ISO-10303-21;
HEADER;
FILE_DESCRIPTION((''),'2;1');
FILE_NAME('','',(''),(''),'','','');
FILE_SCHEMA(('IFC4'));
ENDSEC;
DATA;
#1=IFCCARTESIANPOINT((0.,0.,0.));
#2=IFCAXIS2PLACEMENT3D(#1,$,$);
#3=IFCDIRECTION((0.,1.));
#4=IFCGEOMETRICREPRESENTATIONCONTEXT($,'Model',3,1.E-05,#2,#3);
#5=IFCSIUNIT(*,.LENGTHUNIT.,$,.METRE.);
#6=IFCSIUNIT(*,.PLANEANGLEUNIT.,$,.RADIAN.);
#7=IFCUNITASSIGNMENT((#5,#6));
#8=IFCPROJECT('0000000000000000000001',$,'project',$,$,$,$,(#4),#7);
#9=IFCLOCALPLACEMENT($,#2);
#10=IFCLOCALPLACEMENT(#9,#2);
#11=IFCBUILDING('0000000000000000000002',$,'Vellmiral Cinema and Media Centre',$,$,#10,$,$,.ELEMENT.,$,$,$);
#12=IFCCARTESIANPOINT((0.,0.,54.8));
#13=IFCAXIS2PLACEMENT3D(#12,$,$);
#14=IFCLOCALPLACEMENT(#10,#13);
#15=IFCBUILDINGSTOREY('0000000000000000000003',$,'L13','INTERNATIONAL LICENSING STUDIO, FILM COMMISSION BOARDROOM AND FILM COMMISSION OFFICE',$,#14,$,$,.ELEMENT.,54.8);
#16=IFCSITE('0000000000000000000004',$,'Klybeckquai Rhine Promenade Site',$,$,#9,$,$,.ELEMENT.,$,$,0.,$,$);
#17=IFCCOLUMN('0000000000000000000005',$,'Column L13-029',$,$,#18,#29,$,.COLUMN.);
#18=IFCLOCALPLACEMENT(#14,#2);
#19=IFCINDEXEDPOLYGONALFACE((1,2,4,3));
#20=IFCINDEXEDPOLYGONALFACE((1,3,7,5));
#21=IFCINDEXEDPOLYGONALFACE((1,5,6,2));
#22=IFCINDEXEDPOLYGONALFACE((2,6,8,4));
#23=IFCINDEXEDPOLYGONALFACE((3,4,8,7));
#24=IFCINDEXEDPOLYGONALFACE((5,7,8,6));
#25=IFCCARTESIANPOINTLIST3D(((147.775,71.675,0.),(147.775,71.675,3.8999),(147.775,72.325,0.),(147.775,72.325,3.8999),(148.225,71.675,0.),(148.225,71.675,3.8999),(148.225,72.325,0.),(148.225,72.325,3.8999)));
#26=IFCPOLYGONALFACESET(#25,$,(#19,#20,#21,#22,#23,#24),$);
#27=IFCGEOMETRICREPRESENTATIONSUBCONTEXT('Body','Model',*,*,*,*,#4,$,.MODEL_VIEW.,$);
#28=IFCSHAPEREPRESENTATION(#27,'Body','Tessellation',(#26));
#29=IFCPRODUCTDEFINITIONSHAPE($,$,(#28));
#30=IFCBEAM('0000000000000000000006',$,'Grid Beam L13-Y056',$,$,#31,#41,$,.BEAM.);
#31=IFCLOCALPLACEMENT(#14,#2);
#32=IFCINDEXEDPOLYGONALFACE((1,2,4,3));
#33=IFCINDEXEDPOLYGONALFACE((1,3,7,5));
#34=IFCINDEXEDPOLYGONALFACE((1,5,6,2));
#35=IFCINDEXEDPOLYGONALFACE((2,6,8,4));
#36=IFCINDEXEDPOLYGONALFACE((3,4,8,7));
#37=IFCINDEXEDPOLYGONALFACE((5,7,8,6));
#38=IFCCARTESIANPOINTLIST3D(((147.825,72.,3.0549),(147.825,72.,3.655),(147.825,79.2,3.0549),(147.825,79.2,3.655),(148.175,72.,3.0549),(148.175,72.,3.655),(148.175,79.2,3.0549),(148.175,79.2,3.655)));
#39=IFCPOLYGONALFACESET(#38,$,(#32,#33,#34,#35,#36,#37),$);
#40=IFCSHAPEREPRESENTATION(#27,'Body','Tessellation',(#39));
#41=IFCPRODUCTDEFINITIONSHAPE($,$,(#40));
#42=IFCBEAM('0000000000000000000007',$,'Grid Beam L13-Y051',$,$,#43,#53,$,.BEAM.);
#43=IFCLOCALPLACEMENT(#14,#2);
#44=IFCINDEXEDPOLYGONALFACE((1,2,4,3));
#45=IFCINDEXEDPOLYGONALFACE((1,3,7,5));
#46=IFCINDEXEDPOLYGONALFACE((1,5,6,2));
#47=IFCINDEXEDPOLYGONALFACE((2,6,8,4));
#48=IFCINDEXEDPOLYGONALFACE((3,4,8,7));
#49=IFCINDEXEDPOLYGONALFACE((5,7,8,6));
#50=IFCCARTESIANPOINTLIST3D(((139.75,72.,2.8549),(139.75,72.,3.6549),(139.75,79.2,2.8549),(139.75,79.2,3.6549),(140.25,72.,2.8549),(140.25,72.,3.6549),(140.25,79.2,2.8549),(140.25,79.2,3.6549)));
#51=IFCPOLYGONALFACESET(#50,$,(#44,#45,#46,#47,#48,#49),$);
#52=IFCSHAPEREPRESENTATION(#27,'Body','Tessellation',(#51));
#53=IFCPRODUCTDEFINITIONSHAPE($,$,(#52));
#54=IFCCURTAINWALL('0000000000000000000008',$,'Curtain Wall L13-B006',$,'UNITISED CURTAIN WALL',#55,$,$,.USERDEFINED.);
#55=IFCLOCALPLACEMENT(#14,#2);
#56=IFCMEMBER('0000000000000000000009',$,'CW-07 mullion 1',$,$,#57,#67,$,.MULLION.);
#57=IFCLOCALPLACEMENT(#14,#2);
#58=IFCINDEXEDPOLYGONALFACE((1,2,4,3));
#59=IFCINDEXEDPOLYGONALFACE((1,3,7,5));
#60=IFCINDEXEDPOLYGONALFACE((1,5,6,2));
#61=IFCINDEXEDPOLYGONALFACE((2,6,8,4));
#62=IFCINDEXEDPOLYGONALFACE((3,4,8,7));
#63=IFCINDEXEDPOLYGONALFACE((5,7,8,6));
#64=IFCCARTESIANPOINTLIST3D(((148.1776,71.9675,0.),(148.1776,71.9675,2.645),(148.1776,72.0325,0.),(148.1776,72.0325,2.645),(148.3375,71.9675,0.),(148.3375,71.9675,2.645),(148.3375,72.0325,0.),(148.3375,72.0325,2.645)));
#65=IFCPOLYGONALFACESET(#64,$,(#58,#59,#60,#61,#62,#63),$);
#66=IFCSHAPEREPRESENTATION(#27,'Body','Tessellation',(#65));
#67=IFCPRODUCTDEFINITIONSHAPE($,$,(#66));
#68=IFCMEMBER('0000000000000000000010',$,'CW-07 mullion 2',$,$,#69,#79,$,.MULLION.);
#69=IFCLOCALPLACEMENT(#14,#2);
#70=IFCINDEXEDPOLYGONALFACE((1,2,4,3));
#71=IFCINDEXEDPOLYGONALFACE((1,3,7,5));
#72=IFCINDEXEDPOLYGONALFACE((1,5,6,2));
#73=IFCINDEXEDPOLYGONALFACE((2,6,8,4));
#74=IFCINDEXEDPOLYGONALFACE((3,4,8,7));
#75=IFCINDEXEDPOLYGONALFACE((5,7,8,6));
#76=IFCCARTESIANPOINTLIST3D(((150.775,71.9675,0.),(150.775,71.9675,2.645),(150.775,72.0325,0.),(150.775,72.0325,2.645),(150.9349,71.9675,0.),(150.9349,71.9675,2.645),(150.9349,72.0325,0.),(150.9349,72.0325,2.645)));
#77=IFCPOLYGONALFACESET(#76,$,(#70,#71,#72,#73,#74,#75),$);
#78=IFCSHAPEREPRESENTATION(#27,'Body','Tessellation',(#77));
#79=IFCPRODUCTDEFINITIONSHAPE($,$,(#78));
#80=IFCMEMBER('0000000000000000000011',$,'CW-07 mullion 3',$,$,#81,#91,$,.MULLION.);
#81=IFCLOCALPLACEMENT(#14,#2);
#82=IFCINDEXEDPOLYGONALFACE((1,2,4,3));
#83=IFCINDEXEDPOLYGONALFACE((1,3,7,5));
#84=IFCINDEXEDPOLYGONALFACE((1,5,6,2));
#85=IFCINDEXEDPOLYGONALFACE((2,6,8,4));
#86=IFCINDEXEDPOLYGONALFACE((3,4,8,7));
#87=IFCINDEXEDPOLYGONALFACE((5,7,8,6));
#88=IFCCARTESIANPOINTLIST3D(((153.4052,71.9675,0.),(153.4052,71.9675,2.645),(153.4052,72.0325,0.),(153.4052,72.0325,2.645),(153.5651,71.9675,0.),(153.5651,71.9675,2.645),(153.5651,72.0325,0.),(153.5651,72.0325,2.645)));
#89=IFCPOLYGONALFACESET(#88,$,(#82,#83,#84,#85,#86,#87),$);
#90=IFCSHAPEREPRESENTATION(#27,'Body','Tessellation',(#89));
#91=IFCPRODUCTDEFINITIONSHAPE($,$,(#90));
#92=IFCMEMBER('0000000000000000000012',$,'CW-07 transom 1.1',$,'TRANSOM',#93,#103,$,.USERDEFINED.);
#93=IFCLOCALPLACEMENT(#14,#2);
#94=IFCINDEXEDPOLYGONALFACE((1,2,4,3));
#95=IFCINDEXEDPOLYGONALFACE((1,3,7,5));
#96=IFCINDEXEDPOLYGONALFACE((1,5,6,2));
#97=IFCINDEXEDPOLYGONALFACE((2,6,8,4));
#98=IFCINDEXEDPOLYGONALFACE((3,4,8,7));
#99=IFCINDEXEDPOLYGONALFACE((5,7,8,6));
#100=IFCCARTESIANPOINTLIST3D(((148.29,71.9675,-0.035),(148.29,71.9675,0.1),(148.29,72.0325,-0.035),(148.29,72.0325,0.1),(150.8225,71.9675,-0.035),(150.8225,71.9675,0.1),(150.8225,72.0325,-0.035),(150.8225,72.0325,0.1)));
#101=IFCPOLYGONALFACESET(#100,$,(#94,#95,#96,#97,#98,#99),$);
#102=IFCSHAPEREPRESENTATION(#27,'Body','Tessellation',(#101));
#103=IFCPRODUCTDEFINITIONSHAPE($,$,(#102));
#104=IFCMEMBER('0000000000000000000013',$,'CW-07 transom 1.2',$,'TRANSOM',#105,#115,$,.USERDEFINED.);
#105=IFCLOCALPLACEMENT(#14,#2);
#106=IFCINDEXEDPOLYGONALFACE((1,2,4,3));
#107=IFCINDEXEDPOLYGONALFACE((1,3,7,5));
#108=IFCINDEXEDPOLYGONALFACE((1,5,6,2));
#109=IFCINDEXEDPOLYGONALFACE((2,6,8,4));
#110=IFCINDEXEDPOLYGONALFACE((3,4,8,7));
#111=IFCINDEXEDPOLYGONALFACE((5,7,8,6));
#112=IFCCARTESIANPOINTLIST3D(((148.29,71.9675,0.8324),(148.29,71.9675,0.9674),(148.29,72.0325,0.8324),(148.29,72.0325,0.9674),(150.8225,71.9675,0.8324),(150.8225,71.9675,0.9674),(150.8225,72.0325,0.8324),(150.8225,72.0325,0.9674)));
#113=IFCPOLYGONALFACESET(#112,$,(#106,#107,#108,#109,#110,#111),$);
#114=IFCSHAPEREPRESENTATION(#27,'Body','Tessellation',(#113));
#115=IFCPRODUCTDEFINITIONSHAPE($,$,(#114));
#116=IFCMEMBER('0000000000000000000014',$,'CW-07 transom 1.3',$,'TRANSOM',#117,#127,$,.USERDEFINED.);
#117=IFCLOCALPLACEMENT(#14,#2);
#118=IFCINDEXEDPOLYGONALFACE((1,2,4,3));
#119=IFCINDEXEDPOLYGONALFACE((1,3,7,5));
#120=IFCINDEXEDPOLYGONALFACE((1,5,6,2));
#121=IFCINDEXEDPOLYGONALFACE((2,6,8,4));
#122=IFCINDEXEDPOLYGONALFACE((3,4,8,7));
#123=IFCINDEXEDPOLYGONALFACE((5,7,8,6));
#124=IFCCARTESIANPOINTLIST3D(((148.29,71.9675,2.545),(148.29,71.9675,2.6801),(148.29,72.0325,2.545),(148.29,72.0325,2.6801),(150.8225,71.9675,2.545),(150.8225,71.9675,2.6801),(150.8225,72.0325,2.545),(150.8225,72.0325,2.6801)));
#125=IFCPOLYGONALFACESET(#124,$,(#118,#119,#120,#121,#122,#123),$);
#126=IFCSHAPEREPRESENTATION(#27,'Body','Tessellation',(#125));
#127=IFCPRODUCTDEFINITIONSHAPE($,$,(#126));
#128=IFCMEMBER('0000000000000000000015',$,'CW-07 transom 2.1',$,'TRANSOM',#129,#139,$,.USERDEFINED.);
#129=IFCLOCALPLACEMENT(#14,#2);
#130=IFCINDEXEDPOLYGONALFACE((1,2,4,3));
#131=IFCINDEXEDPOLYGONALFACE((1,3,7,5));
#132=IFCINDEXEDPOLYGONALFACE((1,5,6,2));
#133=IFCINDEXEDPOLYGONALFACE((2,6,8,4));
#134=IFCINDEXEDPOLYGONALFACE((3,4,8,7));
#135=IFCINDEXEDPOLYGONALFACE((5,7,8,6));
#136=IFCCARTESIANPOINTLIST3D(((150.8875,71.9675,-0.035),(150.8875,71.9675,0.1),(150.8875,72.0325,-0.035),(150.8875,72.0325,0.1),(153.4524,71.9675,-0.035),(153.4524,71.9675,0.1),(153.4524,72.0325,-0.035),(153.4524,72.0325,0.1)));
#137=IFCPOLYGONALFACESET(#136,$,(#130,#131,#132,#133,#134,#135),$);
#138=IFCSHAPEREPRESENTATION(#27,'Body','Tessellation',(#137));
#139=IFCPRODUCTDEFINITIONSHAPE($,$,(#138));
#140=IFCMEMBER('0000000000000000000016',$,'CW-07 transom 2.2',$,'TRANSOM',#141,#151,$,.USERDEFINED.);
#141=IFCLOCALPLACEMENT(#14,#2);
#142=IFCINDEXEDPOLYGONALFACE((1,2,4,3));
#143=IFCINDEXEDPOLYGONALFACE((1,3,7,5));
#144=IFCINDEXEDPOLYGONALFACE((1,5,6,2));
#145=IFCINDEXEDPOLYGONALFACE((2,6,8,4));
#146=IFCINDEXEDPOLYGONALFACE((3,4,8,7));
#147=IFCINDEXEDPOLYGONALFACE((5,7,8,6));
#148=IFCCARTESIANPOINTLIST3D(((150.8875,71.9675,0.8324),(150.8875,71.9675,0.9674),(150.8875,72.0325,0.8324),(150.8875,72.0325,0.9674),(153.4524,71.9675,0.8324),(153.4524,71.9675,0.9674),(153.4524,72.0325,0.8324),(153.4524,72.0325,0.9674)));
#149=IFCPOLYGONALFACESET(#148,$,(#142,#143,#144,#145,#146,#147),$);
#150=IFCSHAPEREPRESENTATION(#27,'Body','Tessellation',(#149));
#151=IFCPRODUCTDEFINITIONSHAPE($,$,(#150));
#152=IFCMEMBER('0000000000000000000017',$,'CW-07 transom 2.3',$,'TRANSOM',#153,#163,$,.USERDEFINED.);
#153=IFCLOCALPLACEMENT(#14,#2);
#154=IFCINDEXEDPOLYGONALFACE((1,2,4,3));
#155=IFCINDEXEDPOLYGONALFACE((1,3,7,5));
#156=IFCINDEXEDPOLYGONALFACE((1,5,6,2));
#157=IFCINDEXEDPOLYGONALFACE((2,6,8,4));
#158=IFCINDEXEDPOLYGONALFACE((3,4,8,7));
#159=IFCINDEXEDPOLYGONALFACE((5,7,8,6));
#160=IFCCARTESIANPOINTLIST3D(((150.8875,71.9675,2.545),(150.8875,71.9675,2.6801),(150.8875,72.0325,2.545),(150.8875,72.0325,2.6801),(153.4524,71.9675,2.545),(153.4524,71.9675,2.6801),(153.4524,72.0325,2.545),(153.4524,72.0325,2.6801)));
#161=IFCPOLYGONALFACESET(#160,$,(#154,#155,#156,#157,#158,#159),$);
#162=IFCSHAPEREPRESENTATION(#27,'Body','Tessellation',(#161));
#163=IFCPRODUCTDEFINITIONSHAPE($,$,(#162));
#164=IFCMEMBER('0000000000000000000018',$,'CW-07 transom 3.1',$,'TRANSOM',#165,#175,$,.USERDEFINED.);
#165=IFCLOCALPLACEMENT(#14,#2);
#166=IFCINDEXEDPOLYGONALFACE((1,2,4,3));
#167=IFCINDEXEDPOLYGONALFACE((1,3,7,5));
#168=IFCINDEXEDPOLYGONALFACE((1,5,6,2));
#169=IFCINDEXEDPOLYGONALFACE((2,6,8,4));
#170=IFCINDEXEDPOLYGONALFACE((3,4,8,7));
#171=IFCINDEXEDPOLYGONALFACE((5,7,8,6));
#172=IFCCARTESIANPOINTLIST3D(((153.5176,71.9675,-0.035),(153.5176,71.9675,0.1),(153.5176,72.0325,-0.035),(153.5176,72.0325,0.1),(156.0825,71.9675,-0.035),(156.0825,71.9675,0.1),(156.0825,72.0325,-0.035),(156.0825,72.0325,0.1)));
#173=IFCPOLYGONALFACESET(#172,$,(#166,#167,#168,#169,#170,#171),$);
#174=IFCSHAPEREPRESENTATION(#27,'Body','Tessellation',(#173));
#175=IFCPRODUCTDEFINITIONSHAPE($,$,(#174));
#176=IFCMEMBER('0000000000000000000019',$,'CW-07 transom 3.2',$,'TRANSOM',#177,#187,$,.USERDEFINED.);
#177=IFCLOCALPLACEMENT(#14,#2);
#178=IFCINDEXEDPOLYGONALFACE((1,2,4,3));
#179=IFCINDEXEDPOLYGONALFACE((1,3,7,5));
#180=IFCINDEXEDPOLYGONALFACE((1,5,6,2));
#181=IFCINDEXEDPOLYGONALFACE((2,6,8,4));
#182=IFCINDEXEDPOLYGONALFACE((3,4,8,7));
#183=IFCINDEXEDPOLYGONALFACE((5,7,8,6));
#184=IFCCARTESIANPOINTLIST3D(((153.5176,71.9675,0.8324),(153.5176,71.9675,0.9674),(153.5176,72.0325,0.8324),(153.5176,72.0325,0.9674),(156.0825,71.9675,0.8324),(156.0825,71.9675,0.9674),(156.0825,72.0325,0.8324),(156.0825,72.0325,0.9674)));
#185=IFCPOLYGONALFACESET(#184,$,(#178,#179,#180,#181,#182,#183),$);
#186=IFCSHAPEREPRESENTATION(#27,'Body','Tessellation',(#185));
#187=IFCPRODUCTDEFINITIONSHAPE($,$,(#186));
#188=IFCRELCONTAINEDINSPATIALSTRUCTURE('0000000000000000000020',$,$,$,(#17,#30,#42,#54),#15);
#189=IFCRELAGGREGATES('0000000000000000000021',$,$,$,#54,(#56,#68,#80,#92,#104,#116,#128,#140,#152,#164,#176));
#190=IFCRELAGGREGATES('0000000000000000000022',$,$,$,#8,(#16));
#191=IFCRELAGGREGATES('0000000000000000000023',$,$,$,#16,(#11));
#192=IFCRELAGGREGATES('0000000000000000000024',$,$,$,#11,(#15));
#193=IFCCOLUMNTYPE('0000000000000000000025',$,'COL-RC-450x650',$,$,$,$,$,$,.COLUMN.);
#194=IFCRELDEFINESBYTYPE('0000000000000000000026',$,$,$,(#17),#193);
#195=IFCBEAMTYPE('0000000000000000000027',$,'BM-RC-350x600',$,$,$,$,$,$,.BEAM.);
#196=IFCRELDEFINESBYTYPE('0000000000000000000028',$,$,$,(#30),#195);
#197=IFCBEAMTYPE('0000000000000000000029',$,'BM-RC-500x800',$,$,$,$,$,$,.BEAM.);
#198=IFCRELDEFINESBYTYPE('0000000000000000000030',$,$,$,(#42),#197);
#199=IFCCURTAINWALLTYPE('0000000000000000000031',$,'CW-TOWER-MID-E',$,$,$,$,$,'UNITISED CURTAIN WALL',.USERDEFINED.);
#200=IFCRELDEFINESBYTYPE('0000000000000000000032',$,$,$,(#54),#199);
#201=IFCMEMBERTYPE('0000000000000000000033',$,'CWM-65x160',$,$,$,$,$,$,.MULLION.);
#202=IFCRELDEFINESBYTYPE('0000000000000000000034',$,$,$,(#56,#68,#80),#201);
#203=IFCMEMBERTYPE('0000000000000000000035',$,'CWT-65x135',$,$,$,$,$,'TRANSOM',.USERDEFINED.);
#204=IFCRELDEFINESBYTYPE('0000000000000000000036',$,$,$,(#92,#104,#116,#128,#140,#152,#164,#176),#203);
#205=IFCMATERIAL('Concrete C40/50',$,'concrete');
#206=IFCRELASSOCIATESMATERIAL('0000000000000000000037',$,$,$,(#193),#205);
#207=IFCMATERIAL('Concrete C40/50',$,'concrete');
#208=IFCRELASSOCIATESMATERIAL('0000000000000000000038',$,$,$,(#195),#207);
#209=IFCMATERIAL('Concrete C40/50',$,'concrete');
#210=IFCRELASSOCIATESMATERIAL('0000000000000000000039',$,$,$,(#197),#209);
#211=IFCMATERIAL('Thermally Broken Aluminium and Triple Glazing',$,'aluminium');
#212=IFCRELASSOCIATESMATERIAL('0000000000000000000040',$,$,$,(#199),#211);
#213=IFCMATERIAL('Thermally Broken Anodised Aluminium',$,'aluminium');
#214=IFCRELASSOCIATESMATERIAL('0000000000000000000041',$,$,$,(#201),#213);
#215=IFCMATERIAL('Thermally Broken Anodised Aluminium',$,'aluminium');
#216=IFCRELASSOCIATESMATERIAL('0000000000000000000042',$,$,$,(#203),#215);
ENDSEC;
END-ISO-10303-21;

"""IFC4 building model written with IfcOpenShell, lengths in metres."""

from ifc_helpers import new_model, si_unit, direction, frame, origin, origin_2d, place, context, subcontext, project, spatial, rectangle, extrude, material, material_profile, profile_set, type_object, element, aggregate, save


model = new_model("IFC4")

# Units and contexts
model_context = context("Model", 3, precision=1e-05, world=origin(), true_north=direction((0.0, 1.0)))
body_context = subcontext(model_context, "Body", "Model", "MODEL_VIEW")
ifc_project = project(units=[si_unit("LENGTHUNIT", "METRE"), si_unit("PLANEANGLEUNIT", "RADIAN")], contexts=[model_context])

# Site, building, storey
site_placement = place(None, origin())
site = spatial("IfcSite", under=ifc_project, at=site_placement, Name="Klybeckquai Rhine Promenade Site", CompositionType="ELEMENT", RefElevation=0.0)
building_placement = place(site_placement, origin())
building = spatial("IfcBuilding", under=site, at=building_placement, Name="Vellmiral Cinema and Media Centre", CompositionType="ELEMENT")
storey_placement = place(building_placement, frame((0.0, 0.0, 54.8)))
storey = spatial("IfcBuildingStorey", under=building, at=storey_placement, Name="L13", Description="INTERNATIONAL LICENSING STUDIO, FILM COMMISSION BOARDROOM AND FILM COMMISSION OFFICE", CompositionType="ELEMENT", Elevation=54.8)

# Column
ifc_material_1 = material(Name="Concrete C40/50", Category="concrete")
ifc_material_profile_1 = material_profile(ifc_material_1, rectangle(XDim=0.45, YDim=0.6499, at=origin_2d()), Name="RC 450x650")
ifc_profile_set_1 = profile_set([ifc_material_profile_1], Name="Concrete C40/50")
column_type = type_object("IfcColumnType", Name="COL-RC-450x650", PredefinedType="COLUMN", material=ifc_profile_set_1)
column_placement = place(storey_placement, frame((148.0, 72.0, 0.0), z_axis=(0.0, 0.0, 1.0), x_axis=(1.0, 0.0, 0.0)))
element("IfcColumn", 1, at=column_placement, inside=storey, type_object=column_type, Name="Column L13-029", PredefinedType="COLUMN", context=body_context, shape_type="SweptSolid", body=[
    extrude(rectangle(XDim=0.45, YDim=0.6499, at=origin_2d()), origin(), (0.0, 0.0, 1.0), 3.8999),
])

# Beams
ifc_material_2 = material(Name="Concrete C40/50", Category="concrete")
ifc_material_profile_2 = material_profile(ifc_material_2, rectangle(XDim=0.3501, YDim=0.6001, at=origin_2d()), Name="RC 350x600")
ifc_profile_set_2 = profile_set([ifc_material_profile_2], Name="Concrete C40/50")
beam_type_1 = type_object("IfcBeamType", Name="BM-RC-350x600", PredefinedType="BEAM", material=ifc_profile_set_2)
beam_1_placement = place(storey_placement, frame((148.0, 72.0, 3.355), z_axis=(0.0, 1.0, 0.0), x_axis=(-1.0, 0.0, 0.0)))
element("IfcBeam", 2, at=beam_1_placement, inside=storey, type_object=beam_type_1, Name="Grid Beam L13-Y056", PredefinedType="BEAM", context=body_context, shape_type="SweptSolid", body=[
    extrude(rectangle(XDim=0.3501, YDim=0.6001, at=origin_2d()), origin(), (0.0, 0.0, 1.0), 7.2),
])
ifc_material_3 = material(Name="Concrete C40/50", Category="concrete")
ifc_material_profile_3 = material_profile(ifc_material_3, rectangle(XDim=0.5, YDim=0.8, at=origin_2d()), Name="RC 500x800")
ifc_profile_set_3 = profile_set([ifc_material_profile_3], Name="Concrete C40/50")
beam_type_2 = type_object("IfcBeamType", Name="BM-RC-500x800", PredefinedType="BEAM", material=ifc_profile_set_3)
beam_2_placement = place(storey_placement, frame((140.0, 72.0, 3.2549), z_axis=(0.0, 1.0, 0.0), x_axis=(-1.0, 0.0, 0.0)))
element("IfcBeam", 3, at=beam_2_placement, inside=storey, type_object=beam_type_2, Name="Grid Beam L13-Y051", PredefinedType="BEAM", context=body_context, shape_type="SweptSolid", body=[
    extrude(rectangle(XDim=0.5, YDim=0.8, at=origin_2d()), origin(), (0.0, 0.0, 1.0), 7.2),
])

# Curtain wall, members
ifc_material_4 = material(Name="Thermally Broken Aluminium and Triple Glazing", Category="aluminium")
curtain_wall_type = type_object("IfcCurtainWallType", Name="CW-TOWER-MID-E", ElementType="UNITISED CURTAIN WALL", PredefinedType="USERDEFINED", material=ifc_material_4)
curtain_wall_placement = place(storey_placement, origin())
curtain_wall = element("IfcCurtainWall", 4, at=curtain_wall_placement, inside=storey, type_object=curtain_wall_type, Name="Curtain Wall L13-B006", ObjectType="UNITISED CURTAIN WALL", PredefinedType="USERDEFINED")
ifc_material_5 = material(Name="Thermally Broken Anodised Aluminium", Category="aluminium")
ifc_material_profile_4 = material_profile(ifc_material_5, rectangle(XDim=0.0649, YDim=0.1599, at=origin_2d()), Name="MULL 65x160")
ifc_profile_set_4 = profile_set([ifc_material_profile_4], Name="Thermally Broken Anodised Aluminium")
member_type_1 = type_object("IfcMemberType", Name="CWM-65x160", PredefinedType="MULLION", material=ifc_profile_set_4)
member_1_placement = place(storey_placement, frame((148.2576, 72.0, 0.0), z_axis=(0.0, 0.0, 1.0), x_axis=(0.0, 1.0, 0.0)))
member_1 = element("IfcMember", 5, at=member_1_placement, type_object=member_type_1, Name="CW-07 mullion 1", PredefinedType="MULLION", context=body_context, shape_type="SweptSolid", body=[
    extrude(rectangle(XDim=0.0649, YDim=0.1599, at=origin_2d()), origin(), (0.0, 0.0, 1.0), 2.645),
])
member_2_placement = place(storey_placement, frame((150.855, 72.0, 0.0), z_axis=(0.0, 0.0, 1.0), x_axis=(0.0, 1.0, 0.0)))
member_2 = element("IfcMember", 6, at=member_2_placement, type_object=member_type_1, Name="CW-07 mullion 2", PredefinedType="MULLION", context=body_context, shape_type="SweptSolid", body=[
    extrude(rectangle(XDim=0.0649, YDim=0.1599, at=origin_2d()), origin(), (0.0, 0.0, 1.0), 2.645),
])
member_3_placement = place(storey_placement, frame((153.4851, 72.0, 0.0), z_axis=(0.0, 0.0, 1.0), x_axis=(0.0, 1.0, 0.0)))
member_3 = element("IfcMember", 7, at=member_3_placement, type_object=member_type_1, Name="CW-07 mullion 3", PredefinedType="MULLION", context=body_context, shape_type="SweptSolid", body=[
    extrude(rectangle(XDim=0.0649, YDim=0.1599, at=origin_2d()), origin(), (0.0, 0.0, 1.0), 2.645),
])
ifc_material_6 = material(Name="Thermally Broken Anodised Aluminium", Category="aluminium")
ifc_material_profile_5 = material_profile(ifc_material_6, rectangle(XDim=0.0649, YDim=0.135, at=origin_2d()), Name="MULL 65x135")
ifc_profile_set_5 = profile_set([ifc_material_profile_5], Name="Thermally Broken Anodised Aluminium")
member_type_2 = type_object("IfcMemberType", Name="CWT-65x135", ElementType="TRANSOM", PredefinedType="USERDEFINED", material=ifc_profile_set_5)
member_4_placement = place(storey_placement, frame((148.29, 72.0, 0.0325), z_axis=(1.0, 0.0, 0.0), x_axis=(0.0, 1.0, 0.0)))
member_4 = element("IfcMember", 8, at=member_4_placement, type_object=member_type_2, Name="CW-07 transom 1.1", ObjectType="TRANSOM", PredefinedType="USERDEFINED", context=body_context, shape_type="SweptSolid", body=[
    extrude(rectangle(XDim=0.0649, YDim=0.135, at=origin_2d()), origin(), (0.0, 0.0, 1.0), 2.5325),
])
member_5_placement = place(storey_placement, frame((148.29, 72.0, 0.8999), z_axis=(1.0, 0.0, 0.0), x_axis=(0.0, 1.0, 0.0)))
member_5 = element("IfcMember", 9, at=member_5_placement, type_object=member_type_2, Name="CW-07 transom 1.2", ObjectType="TRANSOM", PredefinedType="USERDEFINED", context=body_context, shape_type="SweptSolid", body=[
    extrude(rectangle(XDim=0.0649, YDim=0.135, at=origin_2d()), origin(), (0.0, 0.0, 1.0), 2.5325),
])
member_6_placement = place(storey_placement, frame((148.29, 72.0, 2.6125), z_axis=(1.0, 0.0, 0.0), x_axis=(0.0, 1.0, 0.0)))
member_6 = element("IfcMember", 10, at=member_6_placement, type_object=member_type_2, Name="CW-07 transom 1.3", ObjectType="TRANSOM", PredefinedType="USERDEFINED", context=body_context, shape_type="SweptSolid", body=[
    extrude(rectangle(XDim=0.0649, YDim=0.135, at=origin_2d()), origin(), (0.0, 0.0, 1.0), 2.5325),
])
member_7_placement = place(storey_placement, frame((150.8875, 72.0, 0.0325), z_axis=(1.0, 0.0, 0.0), x_axis=(0.0, 1.0, 0.0)))
member_7 = element("IfcMember", 11, at=member_7_placement, type_object=member_type_2, Name="CW-07 transom 2.1", ObjectType="TRANSOM", PredefinedType="USERDEFINED", context=body_context, shape_type="SweptSolid", body=[
    extrude(rectangle(XDim=0.0649, YDim=0.135, at=origin_2d()), origin(), (0.0, 0.0, 1.0), 2.5649),
])
member_8_placement = place(storey_placement, frame((150.8875, 72.0, 0.8999), z_axis=(1.0, 0.0, 0.0), x_axis=(0.0, 1.0, 0.0)))
member_8 = element("IfcMember", 12, at=member_8_placement, type_object=member_type_2, Name="CW-07 transom 2.2", ObjectType="TRANSOM", PredefinedType="USERDEFINED", context=body_context, shape_type="SweptSolid", body=[
    extrude(rectangle(XDim=0.0649, YDim=0.135, at=origin_2d()), origin(), (0.0, 0.0, 1.0), 2.5649),
])
member_9_placement = place(storey_placement, frame((150.8875, 72.0, 2.6125), z_axis=(1.0, 0.0, 0.0), x_axis=(0.0, 1.0, 0.0)))
member_9 = element("IfcMember", 13, at=member_9_placement, type_object=member_type_2, Name="CW-07 transom 2.3", ObjectType="TRANSOM", PredefinedType="USERDEFINED", context=body_context, shape_type="SweptSolid", body=[
    extrude(rectangle(XDim=0.0649, YDim=0.135, at=origin_2d()), origin(), (0.0, 0.0, 1.0), 2.5649),
])
member_10_placement = place(storey_placement, frame((153.5176, 72.0, 0.0325), z_axis=(1.0, 0.0, 0.0), x_axis=(0.0, 1.0, 0.0)))
member_10 = element("IfcMember", 14, at=member_10_placement, type_object=member_type_2, Name="CW-07 transom 3.1", ObjectType="TRANSOM", PredefinedType="USERDEFINED", context=body_context, shape_type="SweptSolid", body=[
    extrude(rectangle(XDim=0.0649, YDim=0.135, at=origin_2d()), origin(), (0.0, 0.0, 1.0), 2.5649),
])
member_11_placement = place(storey_placement, frame((153.5176, 72.0, 0.8999), z_axis=(1.0, 0.0, 0.0), x_axis=(0.0, 1.0, 0.0)))
member_11 = element("IfcMember", 15, at=member_11_placement, type_object=member_type_2, Name="CW-07 transom 3.2", ObjectType="TRANSOM", PredefinedType="USERDEFINED", context=body_context, shape_type="SweptSolid", body=[
    extrude(rectangle(XDim=0.0649, YDim=0.135, at=origin_2d()), origin(), (0.0, 0.0, 1.0), 2.5649),
])

aggregate(curtain_wall, [member_1, member_2, member_3, member_4, member_5, member_6, member_7, member_8, member_9, member_10, member_11])

save(model, "model.ifc")
